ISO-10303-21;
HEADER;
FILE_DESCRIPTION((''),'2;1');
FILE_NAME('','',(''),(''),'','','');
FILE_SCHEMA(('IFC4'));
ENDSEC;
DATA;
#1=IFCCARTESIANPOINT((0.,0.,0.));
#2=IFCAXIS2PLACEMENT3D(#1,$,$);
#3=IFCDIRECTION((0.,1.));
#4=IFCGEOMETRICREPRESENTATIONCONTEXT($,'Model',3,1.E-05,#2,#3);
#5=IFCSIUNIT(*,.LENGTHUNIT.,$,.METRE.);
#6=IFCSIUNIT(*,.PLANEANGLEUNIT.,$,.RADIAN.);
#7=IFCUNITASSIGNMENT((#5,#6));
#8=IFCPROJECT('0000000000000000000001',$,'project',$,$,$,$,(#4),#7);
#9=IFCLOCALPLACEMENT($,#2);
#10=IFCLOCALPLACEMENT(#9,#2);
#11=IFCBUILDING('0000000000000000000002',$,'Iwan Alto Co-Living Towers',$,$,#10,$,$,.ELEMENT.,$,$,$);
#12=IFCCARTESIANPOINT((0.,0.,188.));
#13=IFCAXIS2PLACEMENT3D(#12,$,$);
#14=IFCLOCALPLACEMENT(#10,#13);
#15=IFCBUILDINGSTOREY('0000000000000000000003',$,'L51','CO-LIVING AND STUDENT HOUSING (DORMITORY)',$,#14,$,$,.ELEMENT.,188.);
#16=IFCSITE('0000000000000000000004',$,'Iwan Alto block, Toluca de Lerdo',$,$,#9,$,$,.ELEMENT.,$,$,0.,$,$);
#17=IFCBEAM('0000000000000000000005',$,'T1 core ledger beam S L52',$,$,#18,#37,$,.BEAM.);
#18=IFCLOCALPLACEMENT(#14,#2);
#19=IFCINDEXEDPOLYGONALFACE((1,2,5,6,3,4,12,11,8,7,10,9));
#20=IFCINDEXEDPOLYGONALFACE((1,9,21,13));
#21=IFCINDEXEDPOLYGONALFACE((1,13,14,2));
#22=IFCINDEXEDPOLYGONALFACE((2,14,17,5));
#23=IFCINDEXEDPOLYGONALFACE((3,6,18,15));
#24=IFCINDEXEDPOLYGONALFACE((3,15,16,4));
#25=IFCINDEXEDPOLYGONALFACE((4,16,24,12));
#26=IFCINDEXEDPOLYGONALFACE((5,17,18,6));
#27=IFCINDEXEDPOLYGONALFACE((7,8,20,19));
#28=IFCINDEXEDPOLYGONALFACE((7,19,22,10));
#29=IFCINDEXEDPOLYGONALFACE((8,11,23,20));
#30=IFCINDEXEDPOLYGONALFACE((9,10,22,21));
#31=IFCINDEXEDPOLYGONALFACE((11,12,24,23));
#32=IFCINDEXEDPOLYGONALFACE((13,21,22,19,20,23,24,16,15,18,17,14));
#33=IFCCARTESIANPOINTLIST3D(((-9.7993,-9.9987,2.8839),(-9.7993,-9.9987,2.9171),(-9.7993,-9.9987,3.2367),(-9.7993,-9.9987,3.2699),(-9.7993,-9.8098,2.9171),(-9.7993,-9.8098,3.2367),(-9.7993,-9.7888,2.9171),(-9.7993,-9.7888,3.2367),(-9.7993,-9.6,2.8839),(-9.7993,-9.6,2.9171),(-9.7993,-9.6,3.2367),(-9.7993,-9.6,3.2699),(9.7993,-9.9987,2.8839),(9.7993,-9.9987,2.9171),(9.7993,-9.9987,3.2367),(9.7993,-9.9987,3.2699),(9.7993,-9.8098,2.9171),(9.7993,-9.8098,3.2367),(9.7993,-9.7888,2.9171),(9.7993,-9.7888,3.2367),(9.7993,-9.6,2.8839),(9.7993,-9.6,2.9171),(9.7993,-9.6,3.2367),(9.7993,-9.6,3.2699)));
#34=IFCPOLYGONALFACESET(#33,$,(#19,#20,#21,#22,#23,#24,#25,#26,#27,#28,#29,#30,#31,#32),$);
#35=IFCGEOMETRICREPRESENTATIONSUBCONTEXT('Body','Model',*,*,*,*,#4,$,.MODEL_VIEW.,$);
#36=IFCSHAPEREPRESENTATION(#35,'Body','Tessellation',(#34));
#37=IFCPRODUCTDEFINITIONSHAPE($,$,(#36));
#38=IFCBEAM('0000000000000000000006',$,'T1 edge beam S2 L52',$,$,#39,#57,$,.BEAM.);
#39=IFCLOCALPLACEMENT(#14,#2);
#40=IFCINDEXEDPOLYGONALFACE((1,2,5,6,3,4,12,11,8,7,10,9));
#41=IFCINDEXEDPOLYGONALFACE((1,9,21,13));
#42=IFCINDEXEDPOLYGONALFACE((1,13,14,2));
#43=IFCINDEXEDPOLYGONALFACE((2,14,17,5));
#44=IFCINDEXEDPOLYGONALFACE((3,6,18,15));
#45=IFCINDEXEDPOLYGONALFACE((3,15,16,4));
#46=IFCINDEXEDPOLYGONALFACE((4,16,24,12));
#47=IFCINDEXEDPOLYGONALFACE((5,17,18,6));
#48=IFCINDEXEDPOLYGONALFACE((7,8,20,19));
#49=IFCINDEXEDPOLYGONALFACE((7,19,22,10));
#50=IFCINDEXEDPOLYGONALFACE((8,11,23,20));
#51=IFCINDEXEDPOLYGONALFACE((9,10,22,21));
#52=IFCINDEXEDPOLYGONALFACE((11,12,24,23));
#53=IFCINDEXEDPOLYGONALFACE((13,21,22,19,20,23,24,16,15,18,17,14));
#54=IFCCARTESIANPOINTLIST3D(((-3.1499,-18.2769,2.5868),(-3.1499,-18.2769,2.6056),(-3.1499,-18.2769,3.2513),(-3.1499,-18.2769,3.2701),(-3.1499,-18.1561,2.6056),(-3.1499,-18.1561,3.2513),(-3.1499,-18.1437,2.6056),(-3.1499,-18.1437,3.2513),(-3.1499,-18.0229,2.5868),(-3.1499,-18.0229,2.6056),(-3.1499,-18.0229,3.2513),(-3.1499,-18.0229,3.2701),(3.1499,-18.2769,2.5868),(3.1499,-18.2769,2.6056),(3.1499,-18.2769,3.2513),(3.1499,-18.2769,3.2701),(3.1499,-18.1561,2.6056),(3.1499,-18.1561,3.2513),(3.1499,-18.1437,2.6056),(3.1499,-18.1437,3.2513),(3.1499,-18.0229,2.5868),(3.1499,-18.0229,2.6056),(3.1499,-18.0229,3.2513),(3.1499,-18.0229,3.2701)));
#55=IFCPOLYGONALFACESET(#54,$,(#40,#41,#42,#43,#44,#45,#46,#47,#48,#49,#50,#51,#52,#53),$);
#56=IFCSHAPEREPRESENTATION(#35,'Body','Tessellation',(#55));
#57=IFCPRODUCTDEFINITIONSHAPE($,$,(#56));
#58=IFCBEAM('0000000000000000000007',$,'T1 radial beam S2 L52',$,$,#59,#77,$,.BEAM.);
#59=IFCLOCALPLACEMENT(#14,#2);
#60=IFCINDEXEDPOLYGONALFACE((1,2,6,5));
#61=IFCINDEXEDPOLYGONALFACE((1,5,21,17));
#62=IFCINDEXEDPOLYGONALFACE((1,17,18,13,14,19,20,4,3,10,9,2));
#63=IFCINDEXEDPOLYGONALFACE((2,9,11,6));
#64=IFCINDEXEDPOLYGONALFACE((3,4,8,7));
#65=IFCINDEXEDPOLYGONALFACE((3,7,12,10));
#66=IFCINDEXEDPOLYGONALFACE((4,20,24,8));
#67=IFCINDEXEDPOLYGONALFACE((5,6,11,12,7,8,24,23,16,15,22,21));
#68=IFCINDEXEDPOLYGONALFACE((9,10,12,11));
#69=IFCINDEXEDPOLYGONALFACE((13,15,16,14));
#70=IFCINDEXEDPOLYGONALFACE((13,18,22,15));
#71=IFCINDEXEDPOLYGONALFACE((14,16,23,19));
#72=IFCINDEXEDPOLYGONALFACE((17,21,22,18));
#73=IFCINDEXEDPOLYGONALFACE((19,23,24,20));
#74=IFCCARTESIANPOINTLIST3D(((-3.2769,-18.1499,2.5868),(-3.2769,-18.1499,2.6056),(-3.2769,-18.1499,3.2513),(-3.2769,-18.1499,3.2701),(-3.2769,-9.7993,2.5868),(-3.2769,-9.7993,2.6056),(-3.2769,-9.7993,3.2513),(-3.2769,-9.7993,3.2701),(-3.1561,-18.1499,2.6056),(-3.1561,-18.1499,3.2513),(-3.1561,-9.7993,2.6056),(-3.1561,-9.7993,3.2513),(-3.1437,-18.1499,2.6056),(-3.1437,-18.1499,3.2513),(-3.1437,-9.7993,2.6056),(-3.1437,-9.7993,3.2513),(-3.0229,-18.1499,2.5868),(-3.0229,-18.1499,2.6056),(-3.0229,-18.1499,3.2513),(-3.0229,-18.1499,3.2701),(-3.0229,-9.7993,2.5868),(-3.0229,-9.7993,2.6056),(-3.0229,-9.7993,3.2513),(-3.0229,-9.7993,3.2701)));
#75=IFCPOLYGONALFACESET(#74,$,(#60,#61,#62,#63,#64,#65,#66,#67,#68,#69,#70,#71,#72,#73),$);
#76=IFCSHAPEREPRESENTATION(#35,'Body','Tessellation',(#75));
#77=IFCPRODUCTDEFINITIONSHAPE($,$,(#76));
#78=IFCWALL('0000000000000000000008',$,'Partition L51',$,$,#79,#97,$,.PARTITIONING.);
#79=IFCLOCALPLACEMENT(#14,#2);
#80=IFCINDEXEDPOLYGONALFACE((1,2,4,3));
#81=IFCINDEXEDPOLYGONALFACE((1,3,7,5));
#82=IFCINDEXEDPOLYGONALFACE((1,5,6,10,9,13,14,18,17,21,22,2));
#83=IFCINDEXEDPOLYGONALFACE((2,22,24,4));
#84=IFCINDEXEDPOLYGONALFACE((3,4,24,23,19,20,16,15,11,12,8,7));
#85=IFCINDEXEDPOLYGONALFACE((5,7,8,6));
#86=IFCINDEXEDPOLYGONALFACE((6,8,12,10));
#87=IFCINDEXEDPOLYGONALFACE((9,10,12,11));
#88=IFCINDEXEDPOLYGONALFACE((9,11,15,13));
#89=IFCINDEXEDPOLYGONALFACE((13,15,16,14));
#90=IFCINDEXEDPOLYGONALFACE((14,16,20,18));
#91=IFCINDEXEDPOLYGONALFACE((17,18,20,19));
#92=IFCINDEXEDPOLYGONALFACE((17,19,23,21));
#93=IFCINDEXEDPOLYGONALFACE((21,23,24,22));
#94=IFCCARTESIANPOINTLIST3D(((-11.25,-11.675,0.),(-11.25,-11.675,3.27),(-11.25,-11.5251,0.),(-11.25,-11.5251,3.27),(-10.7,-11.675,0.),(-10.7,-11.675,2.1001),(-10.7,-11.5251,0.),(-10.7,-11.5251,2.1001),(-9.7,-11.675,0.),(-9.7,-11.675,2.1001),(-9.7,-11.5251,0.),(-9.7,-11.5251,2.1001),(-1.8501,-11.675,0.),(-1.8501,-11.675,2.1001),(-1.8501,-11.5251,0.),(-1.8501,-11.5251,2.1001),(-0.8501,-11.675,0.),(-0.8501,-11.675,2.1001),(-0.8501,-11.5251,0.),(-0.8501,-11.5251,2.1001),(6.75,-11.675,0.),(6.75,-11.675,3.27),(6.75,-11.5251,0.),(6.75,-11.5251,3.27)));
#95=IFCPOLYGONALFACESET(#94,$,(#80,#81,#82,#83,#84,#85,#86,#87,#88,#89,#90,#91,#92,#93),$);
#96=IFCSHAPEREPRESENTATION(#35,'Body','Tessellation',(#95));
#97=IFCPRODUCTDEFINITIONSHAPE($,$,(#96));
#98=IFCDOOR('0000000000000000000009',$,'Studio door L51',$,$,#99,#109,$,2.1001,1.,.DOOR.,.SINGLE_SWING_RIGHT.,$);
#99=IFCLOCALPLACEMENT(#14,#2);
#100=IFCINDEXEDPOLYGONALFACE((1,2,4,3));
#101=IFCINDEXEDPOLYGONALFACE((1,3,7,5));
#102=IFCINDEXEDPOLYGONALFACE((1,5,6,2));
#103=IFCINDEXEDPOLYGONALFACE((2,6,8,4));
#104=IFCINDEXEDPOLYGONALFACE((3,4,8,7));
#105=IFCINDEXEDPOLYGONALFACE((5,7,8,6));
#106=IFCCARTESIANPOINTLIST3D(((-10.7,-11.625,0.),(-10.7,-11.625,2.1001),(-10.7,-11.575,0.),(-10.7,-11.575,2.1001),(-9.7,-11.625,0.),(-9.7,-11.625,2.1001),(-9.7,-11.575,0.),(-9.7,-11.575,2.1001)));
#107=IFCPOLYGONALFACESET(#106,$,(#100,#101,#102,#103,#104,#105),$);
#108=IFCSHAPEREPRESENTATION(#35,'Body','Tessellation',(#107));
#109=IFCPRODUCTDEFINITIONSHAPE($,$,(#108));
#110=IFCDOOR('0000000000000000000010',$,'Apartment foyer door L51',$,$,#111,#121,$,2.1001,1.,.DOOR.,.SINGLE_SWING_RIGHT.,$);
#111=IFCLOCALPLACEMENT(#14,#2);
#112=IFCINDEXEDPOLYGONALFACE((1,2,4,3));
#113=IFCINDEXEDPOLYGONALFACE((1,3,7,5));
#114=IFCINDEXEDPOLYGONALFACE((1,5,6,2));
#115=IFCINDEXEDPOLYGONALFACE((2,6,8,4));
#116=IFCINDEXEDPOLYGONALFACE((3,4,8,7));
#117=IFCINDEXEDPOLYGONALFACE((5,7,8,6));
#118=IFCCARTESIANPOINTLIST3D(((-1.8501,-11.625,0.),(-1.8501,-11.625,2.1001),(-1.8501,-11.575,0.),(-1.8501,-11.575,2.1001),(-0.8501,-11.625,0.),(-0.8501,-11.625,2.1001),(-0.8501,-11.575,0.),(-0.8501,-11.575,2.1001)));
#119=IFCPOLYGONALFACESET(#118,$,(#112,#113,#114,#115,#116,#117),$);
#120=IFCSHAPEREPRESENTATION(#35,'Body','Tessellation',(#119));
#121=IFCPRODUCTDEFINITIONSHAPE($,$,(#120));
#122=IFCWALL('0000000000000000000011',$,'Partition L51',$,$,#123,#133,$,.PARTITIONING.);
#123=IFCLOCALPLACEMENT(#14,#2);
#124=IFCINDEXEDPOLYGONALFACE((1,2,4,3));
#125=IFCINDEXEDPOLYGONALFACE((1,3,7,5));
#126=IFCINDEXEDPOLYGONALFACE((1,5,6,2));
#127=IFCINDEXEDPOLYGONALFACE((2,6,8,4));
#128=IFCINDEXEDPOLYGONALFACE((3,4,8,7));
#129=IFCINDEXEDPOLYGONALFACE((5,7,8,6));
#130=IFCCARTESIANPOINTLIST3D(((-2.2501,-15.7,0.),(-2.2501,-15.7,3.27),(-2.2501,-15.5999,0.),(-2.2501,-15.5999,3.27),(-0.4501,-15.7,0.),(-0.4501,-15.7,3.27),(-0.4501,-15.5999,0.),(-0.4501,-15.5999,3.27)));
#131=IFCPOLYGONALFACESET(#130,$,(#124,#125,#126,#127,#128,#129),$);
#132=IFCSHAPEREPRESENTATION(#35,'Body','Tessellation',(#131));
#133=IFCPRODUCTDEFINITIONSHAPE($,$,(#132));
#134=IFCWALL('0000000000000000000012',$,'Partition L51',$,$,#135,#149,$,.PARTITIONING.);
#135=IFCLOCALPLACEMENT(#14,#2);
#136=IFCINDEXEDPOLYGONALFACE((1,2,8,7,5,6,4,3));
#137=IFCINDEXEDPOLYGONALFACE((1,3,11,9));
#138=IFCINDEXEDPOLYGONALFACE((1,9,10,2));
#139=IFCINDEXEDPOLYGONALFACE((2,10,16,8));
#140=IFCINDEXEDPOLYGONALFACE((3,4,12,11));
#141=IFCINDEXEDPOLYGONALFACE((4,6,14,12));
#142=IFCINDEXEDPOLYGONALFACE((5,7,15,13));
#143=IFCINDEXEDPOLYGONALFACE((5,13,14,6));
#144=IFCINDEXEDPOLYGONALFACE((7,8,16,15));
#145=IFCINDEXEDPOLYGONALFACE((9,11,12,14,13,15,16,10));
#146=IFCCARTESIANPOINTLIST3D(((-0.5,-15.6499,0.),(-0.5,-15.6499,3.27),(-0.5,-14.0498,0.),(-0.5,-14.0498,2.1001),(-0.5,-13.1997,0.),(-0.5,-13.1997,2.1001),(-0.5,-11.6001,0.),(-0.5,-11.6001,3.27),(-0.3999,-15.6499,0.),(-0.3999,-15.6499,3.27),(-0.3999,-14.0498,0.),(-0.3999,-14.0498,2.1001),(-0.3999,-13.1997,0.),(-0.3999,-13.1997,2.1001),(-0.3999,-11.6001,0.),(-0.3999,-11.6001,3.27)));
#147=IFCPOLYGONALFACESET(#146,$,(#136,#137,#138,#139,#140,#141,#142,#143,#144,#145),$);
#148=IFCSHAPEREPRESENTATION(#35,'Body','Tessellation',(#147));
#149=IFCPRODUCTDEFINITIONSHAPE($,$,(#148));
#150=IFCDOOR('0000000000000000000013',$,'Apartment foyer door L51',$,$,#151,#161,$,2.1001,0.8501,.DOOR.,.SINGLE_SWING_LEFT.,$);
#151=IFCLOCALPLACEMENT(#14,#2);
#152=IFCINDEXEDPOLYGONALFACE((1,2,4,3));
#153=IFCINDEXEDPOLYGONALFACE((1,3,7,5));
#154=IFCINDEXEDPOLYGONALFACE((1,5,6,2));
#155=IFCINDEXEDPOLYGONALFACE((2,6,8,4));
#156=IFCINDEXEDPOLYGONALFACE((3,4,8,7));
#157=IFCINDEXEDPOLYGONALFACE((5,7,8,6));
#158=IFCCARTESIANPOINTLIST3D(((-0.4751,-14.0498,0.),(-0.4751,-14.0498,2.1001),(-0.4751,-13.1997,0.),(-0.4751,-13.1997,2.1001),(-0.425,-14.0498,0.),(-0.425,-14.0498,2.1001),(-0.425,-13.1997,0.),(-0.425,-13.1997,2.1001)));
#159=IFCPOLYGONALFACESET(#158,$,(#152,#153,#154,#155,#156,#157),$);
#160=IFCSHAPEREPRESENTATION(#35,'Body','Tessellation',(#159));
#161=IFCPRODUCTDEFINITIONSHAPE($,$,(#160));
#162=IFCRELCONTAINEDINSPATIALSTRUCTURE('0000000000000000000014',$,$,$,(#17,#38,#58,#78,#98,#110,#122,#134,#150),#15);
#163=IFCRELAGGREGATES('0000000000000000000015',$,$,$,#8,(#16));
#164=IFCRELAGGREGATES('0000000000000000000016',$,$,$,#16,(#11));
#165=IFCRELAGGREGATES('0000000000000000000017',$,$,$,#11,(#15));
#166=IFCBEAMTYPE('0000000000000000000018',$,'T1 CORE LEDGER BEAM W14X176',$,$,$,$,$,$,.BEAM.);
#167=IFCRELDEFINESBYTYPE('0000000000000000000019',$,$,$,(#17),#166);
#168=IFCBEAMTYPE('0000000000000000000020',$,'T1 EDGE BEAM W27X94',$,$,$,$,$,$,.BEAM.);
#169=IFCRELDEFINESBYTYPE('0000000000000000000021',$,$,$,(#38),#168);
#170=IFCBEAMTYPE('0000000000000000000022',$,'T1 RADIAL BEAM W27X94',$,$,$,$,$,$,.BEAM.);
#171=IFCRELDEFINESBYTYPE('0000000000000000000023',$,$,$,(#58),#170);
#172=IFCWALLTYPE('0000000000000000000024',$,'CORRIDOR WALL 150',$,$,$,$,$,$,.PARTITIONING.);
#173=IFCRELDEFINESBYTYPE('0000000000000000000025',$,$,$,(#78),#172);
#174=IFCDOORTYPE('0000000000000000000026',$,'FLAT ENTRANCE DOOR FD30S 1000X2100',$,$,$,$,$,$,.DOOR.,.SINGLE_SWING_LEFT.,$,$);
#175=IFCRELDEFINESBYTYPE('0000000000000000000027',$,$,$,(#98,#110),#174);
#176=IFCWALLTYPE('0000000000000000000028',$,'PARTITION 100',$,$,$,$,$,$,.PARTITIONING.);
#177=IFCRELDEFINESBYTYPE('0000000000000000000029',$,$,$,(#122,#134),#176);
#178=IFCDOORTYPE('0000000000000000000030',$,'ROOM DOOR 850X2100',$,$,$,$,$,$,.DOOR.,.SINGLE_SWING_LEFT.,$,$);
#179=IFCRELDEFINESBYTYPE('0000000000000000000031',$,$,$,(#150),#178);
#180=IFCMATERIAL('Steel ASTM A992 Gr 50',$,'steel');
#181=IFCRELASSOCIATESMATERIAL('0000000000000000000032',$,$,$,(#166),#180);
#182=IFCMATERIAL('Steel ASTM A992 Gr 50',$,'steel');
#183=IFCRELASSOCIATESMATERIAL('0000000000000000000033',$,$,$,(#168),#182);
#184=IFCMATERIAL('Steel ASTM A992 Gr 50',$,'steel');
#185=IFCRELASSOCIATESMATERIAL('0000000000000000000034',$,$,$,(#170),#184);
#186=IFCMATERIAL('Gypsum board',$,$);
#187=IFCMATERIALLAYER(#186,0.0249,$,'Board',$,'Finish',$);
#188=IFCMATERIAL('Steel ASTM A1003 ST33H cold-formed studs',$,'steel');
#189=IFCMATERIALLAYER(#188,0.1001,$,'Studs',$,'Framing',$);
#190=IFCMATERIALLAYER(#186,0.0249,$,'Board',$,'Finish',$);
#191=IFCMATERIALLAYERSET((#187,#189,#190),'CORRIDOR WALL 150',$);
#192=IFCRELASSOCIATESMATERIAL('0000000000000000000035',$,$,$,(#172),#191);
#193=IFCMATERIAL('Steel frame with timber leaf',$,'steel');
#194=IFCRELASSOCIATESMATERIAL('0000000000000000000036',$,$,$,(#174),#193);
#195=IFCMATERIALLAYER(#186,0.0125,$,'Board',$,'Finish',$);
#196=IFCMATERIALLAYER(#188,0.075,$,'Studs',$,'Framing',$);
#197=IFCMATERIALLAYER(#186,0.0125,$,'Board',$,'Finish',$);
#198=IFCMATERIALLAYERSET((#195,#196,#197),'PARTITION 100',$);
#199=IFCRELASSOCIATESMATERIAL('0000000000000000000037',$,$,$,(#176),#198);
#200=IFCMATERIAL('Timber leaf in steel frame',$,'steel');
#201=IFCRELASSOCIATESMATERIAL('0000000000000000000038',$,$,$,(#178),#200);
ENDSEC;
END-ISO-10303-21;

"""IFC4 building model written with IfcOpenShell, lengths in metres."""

from ifc_helpers import new_model, si_unit, direction, frame, frame_2d, origin, origin_2d, place, context, subcontext, project, spatial, rectangle, i_section, extrude, material, layer, layer_set, material_profile, profile_set, type_object, element, fill, save


model = new_model("IFC4")

# Units and contexts
model_context = context("Model", 3, precision=1e-05, world=origin(), true_north=direction((0.0, 1.0)))
body_context = subcontext(model_context, "Body", "Model", "MODEL_VIEW")
ifc_project = project(units=[si_unit("LENGTHUNIT", "METRE"), si_unit("PLANEANGLEUNIT", "RADIAN")], contexts=[model_context])

# Site, building, storey
site_placement = place(None, origin())
site = spatial("IfcSite", under=ifc_project, at=site_placement, Name="Iwan Alto block, Toluca de Lerdo", CompositionType="ELEMENT", RefElevation=0.0)
building_placement = place(site_placement, origin())
building = spatial("IfcBuilding", under=site, at=building_placement, Name="Iwan Alto Co-Living Towers", CompositionType="ELEMENT")
storey_placement = place(building_placement, frame((0.0, 0.0, 188.0)))
storey = spatial("IfcBuildingStorey", under=building, at=storey_placement, Name="L51", Description="CO-LIVING AND STUDENT HOUSING (DORMITORY)", CompositionType="ELEMENT", Elevation=188.0)

# Beams
ifc_material_1 = material(Name="Steel ASTM A992 Gr 50", Category="steel")
ifc_material_profile_1 = material_profile(ifc_material_1, i_section(OverallWidth=0.3987, OverallDepth=0.386, WebThickness=0.021, FlangeThickness=0.0332, at=origin_2d()), Name="W14X176")
ifc_profile_set_1 = profile_set([ifc_material_profile_1], Name="Steel ASTM A992 Gr 50")
beam_type_1 = type_object("IfcBeamType", Name="T1 CORE LEDGER BEAM W14X176", PredefinedType="BEAM", material=ifc_profile_set_1)
beam_1_placement = place(storey_placement, frame((-9.7993, -9.7993, 3.0769), z_axis=(1.0, 0.0, 0.0), x_axis=(0.0, 1.0, 0.0)))
element("IfcBeam", 1, at=beam_1_placement, inside=storey, type_object=beam_type_1, Name="T1 core ledger beam S L52", PredefinedType="BEAM", context=body_context, shape_type="SweptSolid", body=[
    extrude(i_section(OverallWidth=0.3987, OverallDepth=0.386, WebThickness=0.021, FlangeThickness=0.0332, at=origin_2d()), origin(), (0.0, 0.0, 1.0), 19.5986),
])
ifc_material_2 = material(Name="Steel ASTM A992 Gr 50", Category="steel")
ifc_material_profile_2 = material_profile(ifc_material_2, i_section(OverallWidth=0.2539, OverallDepth=0.6833, WebThickness=0.0125, FlangeThickness=0.0188, at=origin_2d()), Name="W27X94")
ifc_profile_set_2 = profile_set([ifc_material_profile_2], Name="Steel ASTM A992 Gr 50")
beam_type_2 = type_object("IfcBeamType", Name="T1 EDGE BEAM W27X94", PredefinedType="BEAM", material=ifc_profile_set_2)
beam_2_placement = place(storey_placement, frame((-3.1499, -18.1499, 2.9285), z_axis=(1.0, 0.0, 0.0), x_axis=(0.0, 1.0, 0.0)))
element("IfcBeam", 2, at=beam_2_placement, inside=storey, type_object=beam_type_2, Name="T1 edge beam S2 L52", PredefinedType="BEAM", context=body_context, shape_type="SweptSolid", body=[
    extrude(i_section(OverallWidth=0.2539, OverallDepth=0.6833, WebThickness=0.0125, FlangeThickness=0.0188, at=origin_2d()), origin(), (0.0, 0.0, 1.0), 6.2998),
])
ifc_material_3 = material(Name="Steel ASTM A992 Gr 50", Category="steel")
ifc_material_profile_3 = material_profile(ifc_material_3, i_section(OverallWidth=0.2539, OverallDepth=0.6833, WebThickness=0.0125, FlangeThickness=0.0188, at=origin_2d()), Name="W27X94")
ifc_profile_set_3 = profile_set([ifc_material_profile_3], Name="Steel ASTM A992 Gr 50")
beam_type_3 = type_object("IfcBeamType", Name="T1 RADIAL BEAM W27X94", PredefinedType="BEAM", material=ifc_profile_set_3)
beam_3_placement = place(storey_placement, frame((-3.1499, -18.1499, 2.9285), z_axis=(0.0, 1.0, 0.0), x_axis=(-1.0, 0.0, 0.0)))
element("IfcBeam", 3, at=beam_3_placement, inside=storey, type_object=beam_type_3, Name="T1 radial beam S2 L52", PredefinedType="BEAM", context=body_context, shape_type="SweptSolid", body=[
    extrude(i_section(OverallWidth=0.2539, OverallDepth=0.6833, WebThickness=0.0125, FlangeThickness=0.0188, at=origin_2d()), origin(), (0.0, 0.0, 1.0), 8.3506),
])

# Wall, openings, doors
ifc_material_4 = material(Name="Gypsum board")
ifc_layer_1 = layer(ifc_material_4, 0.0249, Name="Board", Category="Finish")
ifc_material_5 = material(Name="Steel ASTM A1003 ST33H cold-formed studs", Category="steel")
ifc_layer_2 = layer(ifc_material_5, 0.1001, Name="Studs", Category="Framing")
ifc_layer_3 = layer(ifc_material_4, 0.0249, Name="Board", Category="Finish")
ifc_layer_set_1 = layer_set([ifc_layer_1, ifc_layer_2, ifc_layer_3], Name="CORRIDOR WALL 150")
wall_type_1 = type_object("IfcWallType", Name="CORRIDOR WALL 150", PredefinedType="PARTITIONING", material=ifc_layer_set_1)
wall_1_placement = place(storey_placement, frame((-11.25, -11.6001, 0.0), z_axis=(0.0, 0.0, 1.0), x_axis=(1.0, 0.0, 0.0)))
wall_1 = element("IfcWall", 4, at=wall_1_placement, inside=storey, type_object=wall_type_1, Name="Partition L51", PredefinedType="PARTITIONING", context=body_context, shape_type="SweptSolid", body=[
    extrude(rectangle(XDim=18.0, YDim=0.1499, at=frame_2d((9.0, 0.0))), origin(), (0.0, 0.0, 1.0), 3.27),
])
opening_1_placement = place(wall_1_placement, frame((0.55, 0.0, 0.0)))
opening_1 = element("IfcOpeningElement", 5, at=opening_1_placement, cuts=wall_1, PredefinedType="OPENING", context=body_context, shape_type="SweptSolid", body=[
    extrude(rectangle(XDim=1.0, YDim=2.1001, at=frame_2d((0.5, 1.05))), frame((0.0, 0.085, 0.0), z_axis=(0.0, -1.0, 0.0), x_axis=(1.0, 0.0, 0.0)), (0.0, 0.0, 1.0), 0.1699),
])
opening_2_placement = place(wall_1_placement, frame((9.3999, 0.0, 0.0)))
opening_2 = element("IfcOpeningElement", 6, at=opening_2_placement, cuts=wall_1, PredefinedType="OPENING", context=body_context, shape_type="SweptSolid", body=[
    extrude(rectangle(XDim=1.0, YDim=2.1001, at=frame_2d((0.5, 1.05))), frame((0.0, 0.085, 0.0), z_axis=(0.0, -1.0, 0.0), x_axis=(1.0, 0.0, 0.0)), (0.0, 0.0, 1.0), 0.1699),
])
ifc_material_6 = material(Name="Steel frame with timber leaf", Category="steel")
door_type_1 = type_object("IfcDoorType", Name="FLAT ENTRANCE DOOR FD30S 1000X2100", OperationType="SINGLE_SWING_LEFT", PredefinedType="DOOR", material=ifc_material_6)
door_1_placement = place(opening_1_placement, frame((1.0, 0.0, 0.0), z_axis=(0.0, 0.0, 1.0), x_axis=(-1.0, 0.0, 0.0)))
door_1 = element("IfcDoor", 7, at=door_1_placement, inside=storey, type_object=door_type_1, Name="Studio door L51", OperationType="SINGLE_SWING_RIGHT", OverallHeight=2.1001, OverallWidth=1.0, PredefinedType="DOOR", context=body_context, shape_type="SweptSolid", body=[
    extrude(rectangle(XDim=1.0, YDim=2.1001, at=frame_2d((0.5, 1.05))), frame((0.0, 0.0249, 0.0), z_axis=(0.0, -1.0, 0.0), x_axis=(1.0, 0.0, 0.0)), (0.0, 0.0, 1.0), 0.05),
])
fill(opening_1, door_1)
door_2_placement = place(opening_2_placement, frame((1.0, 0.0, 0.0), z_axis=(0.0, 0.0, 1.0), x_axis=(-1.0, 0.0, 0.0)))
door_2 = element("IfcDoor", 8, at=door_2_placement, inside=storey, type_object=door_type_1, Name="Apartment foyer door L51", OperationType="SINGLE_SWING_RIGHT", OverallHeight=2.1001, OverallWidth=1.0, PredefinedType="DOOR", context=body_context, shape_type="SweptSolid", body=[
    extrude(rectangle(XDim=1.0, YDim=2.1001, at=frame_2d((0.5, 1.05))), frame((0.0, 0.0249, 0.0), z_axis=(0.0, -1.0, 0.0), x_axis=(1.0, 0.0, 0.0)), (0.0, 0.0, 1.0), 0.05),
])
fill(opening_2, door_2)

# Wall
ifc_layer_4 = layer(ifc_material_4, 0.0125, Name="Board", Category="Finish")
ifc_layer_5 = layer(ifc_material_5, 0.075, Name="Studs", Category="Framing")
ifc_layer_6 = layer(ifc_material_4, 0.0125, Name="Board", Category="Finish")
ifc_layer_set_2 = layer_set([ifc_layer_4, ifc_layer_5, ifc_layer_6], Name="PARTITION 100")
wall_type_2 = type_object("IfcWallType", Name="PARTITION 100", PredefinedType="PARTITIONING", material=ifc_layer_set_2)
wall_2_placement = place(storey_placement, frame((-2.25, -15.6499, 0.0), z_axis=(0.0, 0.0, 1.0), x_axis=(1.0, 0.0, 0.0)))
element("IfcWall", 9, at=wall_2_placement, inside=storey, type_object=wall_type_2, Name="Partition L51", PredefinedType="PARTITIONING", context=body_context, shape_type="SweptSolid", body=[
    extrude(rectangle(XDim=1.8, YDim=0.1001, at=frame_2d((0.8999, 0.0))), origin(), (0.0, 0.0, 1.0), 3.27),
])

# Wall, opening, door
wall_3_placement = place(storey_placement, frame((-0.45, -15.6499, 0.0), z_axis=(0.0, 0.0, 1.0), x_axis=(0.0, 1.0, 0.0)))
wall_3 = element("IfcWall", 10, at=wall_3_placement, inside=storey, type_object=wall_type_2, Name="Partition L51", PredefinedType="PARTITIONING", context=body_context, shape_type="SweptSolid", body=[
    extrude(rectangle(XDim=4.0498, YDim=0.1001, at=frame_2d((2.0249, 0.0))), origin(), (0.0, 0.0, 1.0), 3.27),
])
opening_3_placement = place(wall_3_placement, frame((1.6001, 0.0, 0.0)))
opening_3 = element("IfcOpeningElement", 11, at=opening_3_placement, cuts=wall_3, PredefinedType="OPENING", context=body_context, shape_type="SweptSolid", body=[
    extrude(rectangle(XDim=0.8501, YDim=2.1001, at=frame_2d((0.425, 1.05))), frame((0.0, 0.0601, 0.0), z_axis=(0.0, -1.0, 0.0), x_axis=(1.0, 0.0, 0.0)), (0.0, 0.0, 1.0), 0.1201),
])
ifc_material_7 = material(Name="Timber leaf in steel frame", Category="steel")
door_type_2 = type_object("IfcDoorType", Name="ROOM DOOR 850X2100", OperationType="SINGLE_SWING_LEFT", PredefinedType="DOOR", material=ifc_material_7)
door_3_placement = place(opening_3_placement, frame((0.8501, 0.0, 0.0), z_axis=(0.0, 0.0, 1.0), x_axis=(-1.0, 0.0, 0.0)))
door_3 = element("IfcDoor", 12, at=door_3_placement, inside=storey, type_object=door_type_2, Name="Apartment foyer door L51", OperationType="SINGLE_SWING_LEFT", OverallHeight=2.1001, OverallWidth=0.8501, PredefinedType="DOOR", context=body_context, shape_type="SweptSolid", body=[
    extrude(rectangle(XDim=0.8501, YDim=2.1001, at=frame_2d((0.425, 1.05))), frame((0.0, 0.0249, 0.0), z_axis=(0.0, -1.0, 0.0), x_axis=(1.0, 0.0, 0.0)), (0.0, 0.0, 1.0), 0.05),
])
fill(opening_3, door_3)

save(model, "model.ifc")
